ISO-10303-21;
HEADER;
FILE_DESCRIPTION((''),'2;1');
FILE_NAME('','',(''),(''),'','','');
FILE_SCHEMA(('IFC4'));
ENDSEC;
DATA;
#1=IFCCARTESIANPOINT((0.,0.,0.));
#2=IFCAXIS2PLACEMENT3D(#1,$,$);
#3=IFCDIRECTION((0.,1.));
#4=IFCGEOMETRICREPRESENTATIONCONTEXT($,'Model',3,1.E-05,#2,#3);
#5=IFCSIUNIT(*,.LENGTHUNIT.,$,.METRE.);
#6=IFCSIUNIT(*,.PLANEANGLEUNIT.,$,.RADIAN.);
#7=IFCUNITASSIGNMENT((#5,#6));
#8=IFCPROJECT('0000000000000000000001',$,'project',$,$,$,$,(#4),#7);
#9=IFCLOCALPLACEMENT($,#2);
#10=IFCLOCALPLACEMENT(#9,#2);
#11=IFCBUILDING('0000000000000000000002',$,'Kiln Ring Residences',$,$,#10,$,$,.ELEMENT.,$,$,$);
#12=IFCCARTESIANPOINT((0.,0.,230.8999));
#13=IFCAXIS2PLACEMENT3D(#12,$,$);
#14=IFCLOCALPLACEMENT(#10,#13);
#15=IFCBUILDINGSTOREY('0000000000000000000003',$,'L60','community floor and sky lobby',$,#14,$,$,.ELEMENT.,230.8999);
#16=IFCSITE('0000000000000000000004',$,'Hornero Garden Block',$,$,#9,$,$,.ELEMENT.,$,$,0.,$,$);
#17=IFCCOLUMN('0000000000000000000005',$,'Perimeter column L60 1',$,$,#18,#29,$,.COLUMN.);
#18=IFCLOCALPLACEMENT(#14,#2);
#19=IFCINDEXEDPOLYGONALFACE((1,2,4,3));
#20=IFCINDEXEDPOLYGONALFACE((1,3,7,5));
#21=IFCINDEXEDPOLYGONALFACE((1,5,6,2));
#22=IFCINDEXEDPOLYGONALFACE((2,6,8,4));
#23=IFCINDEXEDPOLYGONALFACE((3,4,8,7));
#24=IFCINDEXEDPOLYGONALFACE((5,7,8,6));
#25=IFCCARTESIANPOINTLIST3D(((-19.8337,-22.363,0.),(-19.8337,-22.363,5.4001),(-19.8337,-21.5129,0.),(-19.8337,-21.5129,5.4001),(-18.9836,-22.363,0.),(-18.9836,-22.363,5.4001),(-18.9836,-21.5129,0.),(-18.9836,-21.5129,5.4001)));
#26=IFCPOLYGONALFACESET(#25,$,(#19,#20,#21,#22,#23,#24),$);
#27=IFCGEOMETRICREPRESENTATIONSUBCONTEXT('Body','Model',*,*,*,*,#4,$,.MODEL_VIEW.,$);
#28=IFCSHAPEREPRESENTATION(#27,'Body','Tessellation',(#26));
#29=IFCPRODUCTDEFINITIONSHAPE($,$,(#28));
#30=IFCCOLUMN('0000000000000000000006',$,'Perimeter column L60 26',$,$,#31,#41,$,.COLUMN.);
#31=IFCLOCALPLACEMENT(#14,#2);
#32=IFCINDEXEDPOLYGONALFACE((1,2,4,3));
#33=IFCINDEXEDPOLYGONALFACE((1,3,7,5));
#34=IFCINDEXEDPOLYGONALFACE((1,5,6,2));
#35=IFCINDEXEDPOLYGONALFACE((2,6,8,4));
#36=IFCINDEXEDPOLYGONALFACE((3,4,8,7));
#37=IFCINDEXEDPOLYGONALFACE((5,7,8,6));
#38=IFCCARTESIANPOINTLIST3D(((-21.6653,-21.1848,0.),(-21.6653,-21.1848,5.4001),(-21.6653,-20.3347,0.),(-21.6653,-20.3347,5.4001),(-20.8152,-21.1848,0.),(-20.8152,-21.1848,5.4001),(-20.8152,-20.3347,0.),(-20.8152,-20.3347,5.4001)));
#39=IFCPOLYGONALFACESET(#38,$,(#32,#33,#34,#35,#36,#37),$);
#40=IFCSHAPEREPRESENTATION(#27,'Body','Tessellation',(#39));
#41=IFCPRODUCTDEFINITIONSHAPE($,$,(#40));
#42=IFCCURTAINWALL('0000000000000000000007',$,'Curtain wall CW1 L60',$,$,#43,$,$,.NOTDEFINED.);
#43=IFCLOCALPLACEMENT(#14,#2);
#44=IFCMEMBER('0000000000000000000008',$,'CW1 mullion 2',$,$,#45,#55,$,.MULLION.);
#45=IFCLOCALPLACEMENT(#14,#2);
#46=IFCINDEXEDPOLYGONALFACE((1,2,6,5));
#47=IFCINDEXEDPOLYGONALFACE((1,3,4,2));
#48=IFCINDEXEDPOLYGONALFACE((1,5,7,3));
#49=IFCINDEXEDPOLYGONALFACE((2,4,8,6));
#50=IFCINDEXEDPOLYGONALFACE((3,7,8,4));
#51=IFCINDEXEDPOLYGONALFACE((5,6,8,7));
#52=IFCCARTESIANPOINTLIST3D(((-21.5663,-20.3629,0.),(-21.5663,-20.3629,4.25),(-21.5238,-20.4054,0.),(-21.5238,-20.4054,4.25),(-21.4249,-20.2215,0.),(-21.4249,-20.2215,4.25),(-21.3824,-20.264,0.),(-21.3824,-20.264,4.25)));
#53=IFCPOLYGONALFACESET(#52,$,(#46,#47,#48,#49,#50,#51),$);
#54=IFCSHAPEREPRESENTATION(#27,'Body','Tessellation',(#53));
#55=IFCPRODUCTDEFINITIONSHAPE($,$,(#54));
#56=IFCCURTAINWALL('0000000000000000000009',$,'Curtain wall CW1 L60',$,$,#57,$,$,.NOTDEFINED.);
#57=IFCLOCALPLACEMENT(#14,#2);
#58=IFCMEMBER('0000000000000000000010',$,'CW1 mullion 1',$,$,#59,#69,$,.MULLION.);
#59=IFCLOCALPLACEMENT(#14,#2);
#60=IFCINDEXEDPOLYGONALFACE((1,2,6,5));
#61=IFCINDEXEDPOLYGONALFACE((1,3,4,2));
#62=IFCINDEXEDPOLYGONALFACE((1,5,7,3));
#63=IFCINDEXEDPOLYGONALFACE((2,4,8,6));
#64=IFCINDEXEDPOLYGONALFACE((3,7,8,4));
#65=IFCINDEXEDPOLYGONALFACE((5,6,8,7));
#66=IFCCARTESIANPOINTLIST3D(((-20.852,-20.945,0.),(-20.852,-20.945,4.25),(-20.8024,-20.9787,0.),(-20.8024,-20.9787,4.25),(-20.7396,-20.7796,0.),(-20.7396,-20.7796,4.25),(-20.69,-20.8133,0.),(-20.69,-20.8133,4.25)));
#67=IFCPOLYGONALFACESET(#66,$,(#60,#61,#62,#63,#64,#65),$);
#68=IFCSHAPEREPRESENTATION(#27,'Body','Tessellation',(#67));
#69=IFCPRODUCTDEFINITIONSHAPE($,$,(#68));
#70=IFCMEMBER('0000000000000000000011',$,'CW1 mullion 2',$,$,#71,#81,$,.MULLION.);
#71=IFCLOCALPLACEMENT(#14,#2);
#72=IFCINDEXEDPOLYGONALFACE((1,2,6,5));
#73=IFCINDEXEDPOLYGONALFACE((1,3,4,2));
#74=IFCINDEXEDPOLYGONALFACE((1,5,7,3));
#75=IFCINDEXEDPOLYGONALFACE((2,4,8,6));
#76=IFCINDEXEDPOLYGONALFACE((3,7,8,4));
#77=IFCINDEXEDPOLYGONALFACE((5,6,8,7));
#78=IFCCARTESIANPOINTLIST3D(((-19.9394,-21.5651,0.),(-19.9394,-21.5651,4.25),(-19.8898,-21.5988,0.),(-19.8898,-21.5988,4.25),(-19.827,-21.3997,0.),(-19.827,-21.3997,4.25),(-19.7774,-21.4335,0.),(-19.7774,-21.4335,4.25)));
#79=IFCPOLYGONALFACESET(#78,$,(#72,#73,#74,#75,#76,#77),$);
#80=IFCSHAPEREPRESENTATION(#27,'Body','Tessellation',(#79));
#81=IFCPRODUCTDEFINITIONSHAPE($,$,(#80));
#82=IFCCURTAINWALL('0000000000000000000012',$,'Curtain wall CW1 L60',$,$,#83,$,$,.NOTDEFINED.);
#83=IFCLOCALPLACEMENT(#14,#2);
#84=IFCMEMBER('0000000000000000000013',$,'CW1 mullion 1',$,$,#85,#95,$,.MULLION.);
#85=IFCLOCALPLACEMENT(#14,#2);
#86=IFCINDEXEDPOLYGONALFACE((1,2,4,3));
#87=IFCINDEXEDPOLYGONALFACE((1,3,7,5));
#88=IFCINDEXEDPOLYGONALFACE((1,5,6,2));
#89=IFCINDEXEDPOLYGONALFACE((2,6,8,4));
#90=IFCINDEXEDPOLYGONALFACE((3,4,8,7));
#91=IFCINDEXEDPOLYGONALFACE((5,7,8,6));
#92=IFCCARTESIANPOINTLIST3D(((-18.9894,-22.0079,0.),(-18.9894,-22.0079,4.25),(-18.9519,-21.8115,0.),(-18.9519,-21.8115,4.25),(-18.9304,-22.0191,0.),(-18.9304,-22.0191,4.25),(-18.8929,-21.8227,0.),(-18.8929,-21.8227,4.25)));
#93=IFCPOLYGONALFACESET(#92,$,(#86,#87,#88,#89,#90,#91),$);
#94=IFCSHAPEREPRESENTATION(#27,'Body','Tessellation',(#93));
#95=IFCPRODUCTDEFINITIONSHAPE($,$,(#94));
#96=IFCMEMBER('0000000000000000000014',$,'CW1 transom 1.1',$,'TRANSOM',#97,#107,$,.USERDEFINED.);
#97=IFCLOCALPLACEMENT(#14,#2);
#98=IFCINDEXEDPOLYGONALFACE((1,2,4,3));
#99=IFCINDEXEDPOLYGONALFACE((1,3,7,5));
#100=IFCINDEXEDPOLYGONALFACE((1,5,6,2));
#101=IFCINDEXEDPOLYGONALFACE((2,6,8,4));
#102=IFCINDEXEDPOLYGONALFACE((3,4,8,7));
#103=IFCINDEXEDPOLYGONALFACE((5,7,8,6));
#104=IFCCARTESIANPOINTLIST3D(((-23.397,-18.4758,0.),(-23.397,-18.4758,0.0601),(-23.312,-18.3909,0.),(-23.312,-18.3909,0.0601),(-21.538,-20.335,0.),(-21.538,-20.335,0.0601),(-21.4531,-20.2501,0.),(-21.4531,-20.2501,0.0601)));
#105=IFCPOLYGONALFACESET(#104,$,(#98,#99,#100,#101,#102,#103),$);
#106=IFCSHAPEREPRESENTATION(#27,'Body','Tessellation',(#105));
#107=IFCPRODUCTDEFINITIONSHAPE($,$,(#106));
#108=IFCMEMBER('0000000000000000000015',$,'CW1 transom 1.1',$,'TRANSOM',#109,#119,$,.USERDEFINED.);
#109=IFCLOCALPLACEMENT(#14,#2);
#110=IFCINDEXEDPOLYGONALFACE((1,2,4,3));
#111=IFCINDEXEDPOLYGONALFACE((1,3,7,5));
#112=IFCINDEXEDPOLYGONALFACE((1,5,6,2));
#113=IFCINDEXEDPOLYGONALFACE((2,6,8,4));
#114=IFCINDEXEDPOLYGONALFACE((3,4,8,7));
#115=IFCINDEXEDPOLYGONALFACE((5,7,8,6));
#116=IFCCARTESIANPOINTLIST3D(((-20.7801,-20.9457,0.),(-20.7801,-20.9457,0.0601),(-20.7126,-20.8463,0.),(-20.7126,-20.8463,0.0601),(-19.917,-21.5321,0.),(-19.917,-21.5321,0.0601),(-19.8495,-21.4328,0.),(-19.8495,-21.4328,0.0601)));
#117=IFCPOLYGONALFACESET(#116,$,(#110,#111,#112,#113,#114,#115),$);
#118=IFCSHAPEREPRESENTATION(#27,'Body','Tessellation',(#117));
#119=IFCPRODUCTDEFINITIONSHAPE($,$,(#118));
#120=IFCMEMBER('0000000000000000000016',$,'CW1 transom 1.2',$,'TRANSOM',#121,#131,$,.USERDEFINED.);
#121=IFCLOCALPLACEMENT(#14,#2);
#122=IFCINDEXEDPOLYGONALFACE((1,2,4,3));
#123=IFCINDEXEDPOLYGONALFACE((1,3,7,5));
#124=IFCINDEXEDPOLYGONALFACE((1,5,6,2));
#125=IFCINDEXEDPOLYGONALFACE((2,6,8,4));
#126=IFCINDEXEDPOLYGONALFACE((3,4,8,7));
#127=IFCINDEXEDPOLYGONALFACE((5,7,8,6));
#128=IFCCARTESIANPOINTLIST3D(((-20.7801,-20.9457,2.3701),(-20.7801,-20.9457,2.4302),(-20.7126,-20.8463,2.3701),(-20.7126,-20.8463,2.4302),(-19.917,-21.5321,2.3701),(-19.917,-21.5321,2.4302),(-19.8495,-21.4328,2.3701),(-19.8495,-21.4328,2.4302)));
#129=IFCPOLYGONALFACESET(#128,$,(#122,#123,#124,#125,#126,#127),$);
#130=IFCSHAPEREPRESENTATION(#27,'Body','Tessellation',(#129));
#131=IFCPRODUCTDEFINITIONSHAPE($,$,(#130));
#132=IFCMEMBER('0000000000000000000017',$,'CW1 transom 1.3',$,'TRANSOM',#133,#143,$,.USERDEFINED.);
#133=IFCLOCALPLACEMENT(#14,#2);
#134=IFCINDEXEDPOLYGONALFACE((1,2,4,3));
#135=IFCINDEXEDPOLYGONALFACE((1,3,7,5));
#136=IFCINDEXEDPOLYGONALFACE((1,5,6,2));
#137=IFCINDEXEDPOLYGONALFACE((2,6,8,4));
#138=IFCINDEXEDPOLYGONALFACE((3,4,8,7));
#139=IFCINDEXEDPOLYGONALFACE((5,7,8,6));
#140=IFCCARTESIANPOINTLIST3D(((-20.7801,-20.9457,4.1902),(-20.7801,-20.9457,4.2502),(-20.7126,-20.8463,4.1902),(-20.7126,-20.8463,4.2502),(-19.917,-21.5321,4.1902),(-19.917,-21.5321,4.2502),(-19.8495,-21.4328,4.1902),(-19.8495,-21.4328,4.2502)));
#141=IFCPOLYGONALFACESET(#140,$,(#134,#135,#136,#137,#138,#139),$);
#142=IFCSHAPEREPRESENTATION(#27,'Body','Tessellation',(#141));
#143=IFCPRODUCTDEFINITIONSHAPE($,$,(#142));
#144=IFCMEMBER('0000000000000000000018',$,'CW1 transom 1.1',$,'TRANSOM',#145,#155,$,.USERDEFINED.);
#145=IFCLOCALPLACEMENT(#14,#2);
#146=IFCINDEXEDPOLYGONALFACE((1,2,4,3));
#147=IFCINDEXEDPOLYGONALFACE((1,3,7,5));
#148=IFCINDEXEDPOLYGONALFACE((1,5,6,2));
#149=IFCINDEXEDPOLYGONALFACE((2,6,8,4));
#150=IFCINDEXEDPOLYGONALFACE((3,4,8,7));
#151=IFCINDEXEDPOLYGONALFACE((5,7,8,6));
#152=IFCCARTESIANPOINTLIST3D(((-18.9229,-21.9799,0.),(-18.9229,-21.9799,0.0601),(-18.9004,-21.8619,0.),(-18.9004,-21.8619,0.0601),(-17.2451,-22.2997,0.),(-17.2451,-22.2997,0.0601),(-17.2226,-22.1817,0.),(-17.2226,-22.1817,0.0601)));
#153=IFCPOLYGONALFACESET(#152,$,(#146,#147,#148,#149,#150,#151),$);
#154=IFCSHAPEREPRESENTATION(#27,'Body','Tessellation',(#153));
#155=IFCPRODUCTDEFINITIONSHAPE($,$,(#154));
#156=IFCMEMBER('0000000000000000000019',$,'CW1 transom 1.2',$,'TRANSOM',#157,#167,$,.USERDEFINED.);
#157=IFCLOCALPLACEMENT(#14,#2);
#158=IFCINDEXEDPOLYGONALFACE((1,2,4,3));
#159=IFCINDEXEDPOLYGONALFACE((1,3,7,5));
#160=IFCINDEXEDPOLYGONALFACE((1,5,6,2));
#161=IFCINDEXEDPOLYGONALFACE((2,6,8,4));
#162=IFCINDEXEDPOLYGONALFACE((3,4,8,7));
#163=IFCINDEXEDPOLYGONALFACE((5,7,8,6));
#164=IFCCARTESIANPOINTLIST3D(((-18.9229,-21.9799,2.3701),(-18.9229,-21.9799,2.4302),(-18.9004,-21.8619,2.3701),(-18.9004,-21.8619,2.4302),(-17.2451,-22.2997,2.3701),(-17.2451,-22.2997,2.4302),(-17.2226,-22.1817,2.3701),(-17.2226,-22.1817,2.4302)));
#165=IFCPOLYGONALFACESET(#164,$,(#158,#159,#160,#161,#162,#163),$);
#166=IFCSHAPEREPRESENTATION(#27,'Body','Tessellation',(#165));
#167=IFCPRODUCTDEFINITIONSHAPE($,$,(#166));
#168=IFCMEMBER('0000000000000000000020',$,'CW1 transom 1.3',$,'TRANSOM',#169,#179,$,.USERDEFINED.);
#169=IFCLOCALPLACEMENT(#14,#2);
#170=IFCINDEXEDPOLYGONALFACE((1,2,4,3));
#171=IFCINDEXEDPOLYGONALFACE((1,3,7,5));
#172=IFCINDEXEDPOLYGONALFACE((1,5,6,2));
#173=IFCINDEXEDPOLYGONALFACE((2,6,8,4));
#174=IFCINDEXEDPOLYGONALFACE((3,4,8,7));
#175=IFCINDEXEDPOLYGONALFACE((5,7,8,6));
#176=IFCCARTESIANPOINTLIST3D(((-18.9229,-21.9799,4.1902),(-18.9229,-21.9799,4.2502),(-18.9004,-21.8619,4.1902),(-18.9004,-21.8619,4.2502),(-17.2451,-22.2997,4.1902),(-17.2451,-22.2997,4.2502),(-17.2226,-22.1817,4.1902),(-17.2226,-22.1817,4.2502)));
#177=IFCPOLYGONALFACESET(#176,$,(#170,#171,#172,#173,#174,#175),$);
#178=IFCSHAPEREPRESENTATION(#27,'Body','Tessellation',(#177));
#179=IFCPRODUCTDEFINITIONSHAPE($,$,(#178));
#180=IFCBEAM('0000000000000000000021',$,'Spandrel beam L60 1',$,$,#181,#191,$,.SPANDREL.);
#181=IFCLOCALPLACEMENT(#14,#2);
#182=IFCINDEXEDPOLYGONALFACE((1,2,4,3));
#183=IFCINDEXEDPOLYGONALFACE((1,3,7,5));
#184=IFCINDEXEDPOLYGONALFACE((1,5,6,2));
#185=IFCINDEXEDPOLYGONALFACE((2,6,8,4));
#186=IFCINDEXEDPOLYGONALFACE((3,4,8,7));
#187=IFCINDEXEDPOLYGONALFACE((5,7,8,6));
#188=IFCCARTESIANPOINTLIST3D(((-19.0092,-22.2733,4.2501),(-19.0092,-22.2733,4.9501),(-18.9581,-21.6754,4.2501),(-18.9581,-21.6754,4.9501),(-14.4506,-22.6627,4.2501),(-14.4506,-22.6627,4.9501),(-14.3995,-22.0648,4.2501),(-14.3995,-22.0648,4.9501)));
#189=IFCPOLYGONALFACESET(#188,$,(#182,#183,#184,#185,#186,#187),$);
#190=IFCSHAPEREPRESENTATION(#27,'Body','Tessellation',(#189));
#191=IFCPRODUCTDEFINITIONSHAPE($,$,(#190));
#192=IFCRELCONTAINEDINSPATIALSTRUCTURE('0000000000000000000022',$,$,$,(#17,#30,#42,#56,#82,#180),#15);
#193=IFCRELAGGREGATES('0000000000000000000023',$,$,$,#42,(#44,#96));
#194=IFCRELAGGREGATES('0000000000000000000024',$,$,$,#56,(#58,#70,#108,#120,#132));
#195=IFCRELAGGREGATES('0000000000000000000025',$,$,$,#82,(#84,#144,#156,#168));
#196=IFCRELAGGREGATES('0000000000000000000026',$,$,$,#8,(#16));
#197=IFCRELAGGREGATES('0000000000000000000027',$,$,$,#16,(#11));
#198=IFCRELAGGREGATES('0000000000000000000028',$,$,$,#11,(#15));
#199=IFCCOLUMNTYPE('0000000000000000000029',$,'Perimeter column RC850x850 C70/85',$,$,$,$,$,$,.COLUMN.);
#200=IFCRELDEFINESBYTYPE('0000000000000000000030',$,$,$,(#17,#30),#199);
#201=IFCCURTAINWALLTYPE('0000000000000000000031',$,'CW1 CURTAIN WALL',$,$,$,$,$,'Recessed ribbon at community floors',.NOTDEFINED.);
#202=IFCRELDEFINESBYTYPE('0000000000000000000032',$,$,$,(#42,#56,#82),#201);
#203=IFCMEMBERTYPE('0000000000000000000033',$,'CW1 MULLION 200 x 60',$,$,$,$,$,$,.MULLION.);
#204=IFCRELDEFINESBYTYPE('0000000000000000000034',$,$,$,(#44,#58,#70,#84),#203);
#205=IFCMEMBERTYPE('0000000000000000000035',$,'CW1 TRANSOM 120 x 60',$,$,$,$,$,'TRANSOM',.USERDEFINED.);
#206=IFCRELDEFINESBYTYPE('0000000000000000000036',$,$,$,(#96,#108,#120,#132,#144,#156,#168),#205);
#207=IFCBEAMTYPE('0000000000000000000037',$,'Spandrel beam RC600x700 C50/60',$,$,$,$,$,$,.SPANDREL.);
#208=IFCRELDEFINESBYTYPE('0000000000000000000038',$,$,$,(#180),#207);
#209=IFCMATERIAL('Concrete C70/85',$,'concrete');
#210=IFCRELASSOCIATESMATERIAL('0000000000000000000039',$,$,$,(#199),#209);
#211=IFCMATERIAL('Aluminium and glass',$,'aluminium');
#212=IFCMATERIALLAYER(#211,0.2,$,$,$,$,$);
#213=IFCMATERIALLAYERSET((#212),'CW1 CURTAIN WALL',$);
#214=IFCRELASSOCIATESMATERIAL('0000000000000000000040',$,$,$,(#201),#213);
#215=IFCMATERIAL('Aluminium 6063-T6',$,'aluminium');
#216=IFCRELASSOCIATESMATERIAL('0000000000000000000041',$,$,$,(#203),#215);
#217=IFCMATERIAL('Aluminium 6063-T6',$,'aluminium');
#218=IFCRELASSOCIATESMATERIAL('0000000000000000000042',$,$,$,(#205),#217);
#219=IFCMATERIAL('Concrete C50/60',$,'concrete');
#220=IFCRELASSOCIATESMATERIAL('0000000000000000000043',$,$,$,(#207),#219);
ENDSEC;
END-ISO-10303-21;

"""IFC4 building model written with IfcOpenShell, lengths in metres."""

from ifc_helpers import new_model, si_unit, direction, frame, origin, origin_2d, place, context, subcontext, project, spatial, rectangle, extrude, material, layer, layer_set, material_profile, profile_set, type_object, element, aggregate, save


model = new_model("IFC4")

# Units and contexts
model_context = context("Model", 3, precision=1e-05, world=origin(), true_north=direction((0.0, 1.0)))
body_context = subcontext(model_context, "Body", "Model", "MODEL_VIEW")
ifc_project = project(units=[si_unit("LENGTHUNIT", "METRE"), si_unit("PLANEANGLEUNIT", "RADIAN")], contexts=[model_context])

# Site, building, storey
site_placement = place(None, origin())
site = spatial("IfcSite", under=ifc_project, at=site_placement, Name="Hornero Garden Block", CompositionType="ELEMENT", RefElevation=0.0)
building_placement = place(site_placement, origin())
building = spatial("IfcBuilding", under=site, at=building_placement, Name="Kiln Ring Residences", CompositionType="ELEMENT")
storey_placement = place(building_placement, frame((0.0, 0.0, 230.8999)))
storey = spatial("IfcBuildingStorey", under=building, at=storey_placement, Name="L60", Description="community floor and sky lobby", CompositionType="ELEMENT", Elevation=230.8999)

# Columns
ifc_material_1 = material(Name="Concrete C70/85", Category="concrete")
ifc_material_profile_1 = material_profile(ifc_material_1, rectangle(XDim=0.8501, YDim=0.8501, at=origin_2d()), Name="RC850x850")
ifc_profile_set_1 = profile_set([ifc_material_profile_1], Name="Concrete C70/85")
column_type = type_object("IfcColumnType", Name="Perimeter column RC850x850 C70/85", PredefinedType="COLUMN", material=ifc_profile_set_1)
for number, where, z_axis, x_axis, name in (
    (1, (-19.4087, -21.938, 0.0), (0.0, 0.0, 1.0), (1.0, 0.0, 0.0), "Perimeter column L60 1"),
    (2, (-21.2402, -20.7598, 0.0), (0.0, 0.0, 1.0), (1.0, 0.0, 0.0), "Perimeter column L60 26"),
):
    element("IfcColumn", number, at=place(storey_placement, frame(where, z_axis=z_axis, x_axis=x_axis)), inside=storey, type_object=column_type, Name=name, PredefinedType="COLUMN", context=body_context, shape_type="SweptSolid", body=[
        extrude(rectangle(XDim=0.8501, YDim=0.8501, at=origin_2d()), origin(), (0.0, 0.0, 1.0), 5.4001),
    ])

# Curtain wall, member
ifc_material_2 = material(Name="Aluminium and glass", Category="aluminium")
ifc_layer_1 = layer(ifc_material_2, 0.2)
ifc_layer_set_1 = layer_set([ifc_layer_1], Name="CW1 CURTAIN WALL")
curtain_wall_type = type_object("IfcCurtainWallType", Name="CW1 CURTAIN WALL", ElementType="Recessed ribbon at community floors", PredefinedType="NOTDEFINED", material=ifc_layer_set_1)
placement = place(storey_placement, origin())
curtain_wall_1 = element("IfcCurtainWall", 3, at=placement, inside=storey, type_object=curtain_wall_type, Name="Curtain wall CW1 L60", PredefinedType="NOTDEFINED")
ifc_material_3 = material(Name="Aluminium 6063-T6", Category="aluminium")
ifc_material_profile_2 = material_profile(ifc_material_3, rectangle(XDim=0.2, YDim=0.0601, at=origin_2d()), Name="AL 200x60")
ifc_profile_set_2 = profile_set([ifc_material_profile_2], Name="Aluminium 6063-T6")
member_type_1 = type_object("IfcMemberType", Name="CW1 MULLION 200 x 60", PredefinedType="MULLION", material=ifc_profile_set_2)
member_1_placement = place(storey_placement, frame((-21.4744, -20.3135, 0.0), z_axis=(0.0, 0.0, 1.0), x_axis=(0.707107, 0.707107, 0.0)))
member_1 = element("IfcMember", 4, at=member_1_placement, type_object=member_type_1, Name="CW1 mullion 2", PredefinedType="MULLION", context=body_context, shape_type="SweptSolid", body=[
    extrude(rectangle(XDim=0.2, YDim=0.0601, at=origin_2d()), origin(), (0.0, 0.0, 1.0), 4.25),
])

# Curtain wall, members
curtain_wall_2 = element("IfcCurtainWall", 5, at=placement, inside=storey, type_object=curtain_wall_type, Name="Curtain wall CW1 L60", PredefinedType="NOTDEFINED")
member_2_placement = place(storey_placement, frame((-20.771, -20.8792, 0.0), z_axis=(0.0, 0.0, 1.0), x_axis=(0.562097, 0.827072, 0.0)))
member_2 = element("IfcMember", 6, at=member_2_placement, type_object=member_type_1, Name="CW1 mullion 1", PredefinedType="MULLION", context=body_context, shape_type="SweptSolid", body=[
    extrude(rectangle(XDim=0.2, YDim=0.0601, at=origin_2d()), origin(), (0.0, 0.0, 1.0), 4.25),
])
member_3_placement = place(storey_placement, frame((-19.8584, -21.4993, 0.0), z_axis=(0.0, 0.0, 1.0), x_axis=(0.562097, 0.827072, 0.0)))
member_3 = element("IfcMember", 7, at=member_3_placement, type_object=member_type_1, Name="CW1 mullion 2", PredefinedType="MULLION", context=body_context, shape_type="SweptSolid", body=[
    extrude(rectangle(XDim=0.2, YDim=0.0601, at=origin_2d()), origin(), (0.0, 0.0, 1.0), 4.25),
])

# Curtain wall, member
curtain_wall_3 = element("IfcCurtainWall", 8, at=placement, inside=storey, type_object=curtain_wall_type, Name="Curtain wall CW1 L60", PredefinedType="NOTDEFINED")
member_4_placement = place(storey_placement, frame((-18.9412, -21.9153, 0.0), z_axis=(0.0, 0.0, 1.0), x_axis=(0.187366, 0.98229, 0.0)))
member_4 = element("IfcMember", 9, at=member_4_placement, type_object=member_type_1, Name="CW1 mullion 1", PredefinedType="MULLION", context=body_context, shape_type="SweptSolid", body=[
    extrude(rectangle(XDim=0.2, YDim=0.0601, at=origin_2d()), origin(), (0.0, 0.0, 1.0), 4.25),
])

# Members
ifc_material_4 = material(Name="Aluminium 6063-T6", Category="aluminium")
ifc_material_profile_3 = material_profile(ifc_material_4, rectangle(XDim=0.1201, YDim=0.0601, at=origin_2d()), Name="AL 120x60")
ifc_profile_set_3 = profile_set([ifc_material_profile_3], Name="Aluminium 6063-T6")
member_type_2 = type_object("IfcMemberType", Name="CW1 TRANSOM 120 x 60", ElementType="TRANSOM", PredefinedType="USERDEFINED", material=ifc_profile_set_3)
member_5_placement = place(storey_placement, frame((-23.3545, -18.4333, 0.03), z_axis=(0.70706, -0.707153, 0.0), x_axis=(0.707153, 0.70706, 0.0)))
member_5 = element("IfcMember", 10, at=member_5_placement, type_object=member_type_2, Name="CW1 transom 1.1", ObjectType="TRANSOM", PredefinedType="USERDEFINED", context=body_context, shape_type="SweptSolid", body=[
    extrude(rectangle(XDim=0.1201, YDim=0.0601, at=origin_2d()), origin(), (0.0, 0.0, 1.0), 2.6292),
])
member_6_placement = place(storey_placement, frame((-20.7463, -20.896, 0.03), z_axis=(0.827122, -0.562022, 0.0), x_axis=(0.562022, 0.827122, 0.0)))
member_6 = element("IfcMember", 11, at=member_6_placement, type_object=member_type_2, Name="CW1 transom 1.1", ObjectType="TRANSOM", PredefinedType="USERDEFINED", context=body_context, shape_type="SweptSolid", body=[
    extrude(rectangle(XDim=0.1201, YDim=0.0601, at=origin_2d()), origin(), (0.0, 0.0, 1.0), 1.0435),
])
member_7_placement = place(storey_placement, frame((-20.7463, -20.896, 2.4001), z_axis=(0.827122, -0.562022, 0.0), x_axis=(0.562022, 0.827122, 0.0)))
member_7 = element("IfcMember", 12, at=member_7_placement, type_object=member_type_2, Name="CW1 transom 1.2", ObjectType="TRANSOM", PredefinedType="USERDEFINED", context=body_context, shape_type="SweptSolid", body=[
    extrude(rectangle(XDim=0.1201, YDim=0.0601, at=origin_2d()), origin(), (0.0, 0.0, 1.0), 1.0435),
])
member_8_placement = place(storey_placement, frame((-20.7463, -20.896, 4.2202), z_axis=(0.827122, -0.562022, 0.0), x_axis=(0.562022, 0.827122, 0.0)))
member_8 = element("IfcMember", 13, at=member_8_placement, type_object=member_type_2, Name="CW1 transom 1.3", ObjectType="TRANSOM", PredefinedType="USERDEFINED", context=body_context, shape_type="SweptSolid", body=[
    extrude(rectangle(XDim=0.1201, YDim=0.0601, at=origin_2d()), origin(), (0.0, 0.0, 1.0), 1.0435),
])
member_9_placement = place(storey_placement, frame((-18.9116, -21.9209, 0.03), z_axis=(0.982311, -0.187257, 0.0), x_axis=(0.187257, 0.982311, 0.0)))
member_9 = element("IfcMember", 14, at=member_9_placement, type_object=member_type_2, Name="CW1 transom 1.1", ObjectType="TRANSOM", PredefinedType="USERDEFINED", context=body_context, shape_type="SweptSolid", body=[
    extrude(rectangle(XDim=0.1201, YDim=0.0601, at=origin_2d()), origin(), (0.0, 0.0, 1.0), 1.708),
])
member_10_placement = place(storey_placement, frame((-18.9116, -21.9209, 2.4001), z_axis=(0.982311, -0.187257, 0.0), x_axis=(0.187257, 0.982311, 0.0)))
member_10 = element("IfcMember", 15, at=member_10_placement, type_object=member_type_2, Name="CW1 transom 1.2", ObjectType="TRANSOM", PredefinedType="USERDEFINED", context=body_context, shape_type="SweptSolid", body=[
    extrude(rectangle(XDim=0.1201, YDim=0.0601, at=origin_2d()), origin(), (0.0, 0.0, 1.0), 1.708),
])
member_11_placement = place(storey_placement, frame((-18.9116, -21.9209, 4.2202), z_axis=(0.982311, -0.187257, 0.0), x_axis=(0.187257, 0.982311, 0.0)))
member_11 = element("IfcMember", 16, at=member_11_placement, type_object=member_type_2, Name="CW1 transom 1.3", ObjectType="TRANSOM", PredefinedType="USERDEFINED", context=body_context, shape_type="SweptSolid", body=[
    extrude(rectangle(XDim=0.1201, YDim=0.0601, at=origin_2d()), origin(), (0.0, 0.0, 1.0), 1.708),
])

# Beam
ifc_material_5 = material(Name="Concrete C50/60", Category="concrete")
ifc_material_profile_4 = material_profile(ifc_material_5, rectangle(XDim=0.6001, YDim=0.7, at=origin_2d()), Name="RC600x700")
ifc_profile_set_4 = profile_set([ifc_material_profile_4], Name="Concrete C50/60")
beam_type = type_object("IfcBeamType", Name="Spandrel beam RC600x700 C50/60", PredefinedType="SPANDREL", material=ifc_profile_set_4)
beam_1_placement = place(storey_placement, frame((-18.9836, -21.9744, 4.6001), z_axis=(0.996371, -0.085112, 0.0), x_axis=(0.085112, 0.996371, 0.0)))
element("IfcBeam", 17, at=beam_1_placement, inside=storey, type_object=beam_type, Name="Spandrel beam L60 1", PredefinedType="SPANDREL", context=body_context, shape_type="SweptSolid", body=[
    extrude(rectangle(XDim=0.6001, YDim=0.7, at=origin_2d()), origin(), (0.0, 0.0, 1.0), 4.5752),
])

aggregate(curtain_wall_1, [member_1, member_5])
aggregate(curtain_wall_2, [member_2, member_3, member_6, member_7, member_8])
aggregate(curtain_wall_3, [member_4, member_9, member_10, member_11])

save(model, "model.ifc")
